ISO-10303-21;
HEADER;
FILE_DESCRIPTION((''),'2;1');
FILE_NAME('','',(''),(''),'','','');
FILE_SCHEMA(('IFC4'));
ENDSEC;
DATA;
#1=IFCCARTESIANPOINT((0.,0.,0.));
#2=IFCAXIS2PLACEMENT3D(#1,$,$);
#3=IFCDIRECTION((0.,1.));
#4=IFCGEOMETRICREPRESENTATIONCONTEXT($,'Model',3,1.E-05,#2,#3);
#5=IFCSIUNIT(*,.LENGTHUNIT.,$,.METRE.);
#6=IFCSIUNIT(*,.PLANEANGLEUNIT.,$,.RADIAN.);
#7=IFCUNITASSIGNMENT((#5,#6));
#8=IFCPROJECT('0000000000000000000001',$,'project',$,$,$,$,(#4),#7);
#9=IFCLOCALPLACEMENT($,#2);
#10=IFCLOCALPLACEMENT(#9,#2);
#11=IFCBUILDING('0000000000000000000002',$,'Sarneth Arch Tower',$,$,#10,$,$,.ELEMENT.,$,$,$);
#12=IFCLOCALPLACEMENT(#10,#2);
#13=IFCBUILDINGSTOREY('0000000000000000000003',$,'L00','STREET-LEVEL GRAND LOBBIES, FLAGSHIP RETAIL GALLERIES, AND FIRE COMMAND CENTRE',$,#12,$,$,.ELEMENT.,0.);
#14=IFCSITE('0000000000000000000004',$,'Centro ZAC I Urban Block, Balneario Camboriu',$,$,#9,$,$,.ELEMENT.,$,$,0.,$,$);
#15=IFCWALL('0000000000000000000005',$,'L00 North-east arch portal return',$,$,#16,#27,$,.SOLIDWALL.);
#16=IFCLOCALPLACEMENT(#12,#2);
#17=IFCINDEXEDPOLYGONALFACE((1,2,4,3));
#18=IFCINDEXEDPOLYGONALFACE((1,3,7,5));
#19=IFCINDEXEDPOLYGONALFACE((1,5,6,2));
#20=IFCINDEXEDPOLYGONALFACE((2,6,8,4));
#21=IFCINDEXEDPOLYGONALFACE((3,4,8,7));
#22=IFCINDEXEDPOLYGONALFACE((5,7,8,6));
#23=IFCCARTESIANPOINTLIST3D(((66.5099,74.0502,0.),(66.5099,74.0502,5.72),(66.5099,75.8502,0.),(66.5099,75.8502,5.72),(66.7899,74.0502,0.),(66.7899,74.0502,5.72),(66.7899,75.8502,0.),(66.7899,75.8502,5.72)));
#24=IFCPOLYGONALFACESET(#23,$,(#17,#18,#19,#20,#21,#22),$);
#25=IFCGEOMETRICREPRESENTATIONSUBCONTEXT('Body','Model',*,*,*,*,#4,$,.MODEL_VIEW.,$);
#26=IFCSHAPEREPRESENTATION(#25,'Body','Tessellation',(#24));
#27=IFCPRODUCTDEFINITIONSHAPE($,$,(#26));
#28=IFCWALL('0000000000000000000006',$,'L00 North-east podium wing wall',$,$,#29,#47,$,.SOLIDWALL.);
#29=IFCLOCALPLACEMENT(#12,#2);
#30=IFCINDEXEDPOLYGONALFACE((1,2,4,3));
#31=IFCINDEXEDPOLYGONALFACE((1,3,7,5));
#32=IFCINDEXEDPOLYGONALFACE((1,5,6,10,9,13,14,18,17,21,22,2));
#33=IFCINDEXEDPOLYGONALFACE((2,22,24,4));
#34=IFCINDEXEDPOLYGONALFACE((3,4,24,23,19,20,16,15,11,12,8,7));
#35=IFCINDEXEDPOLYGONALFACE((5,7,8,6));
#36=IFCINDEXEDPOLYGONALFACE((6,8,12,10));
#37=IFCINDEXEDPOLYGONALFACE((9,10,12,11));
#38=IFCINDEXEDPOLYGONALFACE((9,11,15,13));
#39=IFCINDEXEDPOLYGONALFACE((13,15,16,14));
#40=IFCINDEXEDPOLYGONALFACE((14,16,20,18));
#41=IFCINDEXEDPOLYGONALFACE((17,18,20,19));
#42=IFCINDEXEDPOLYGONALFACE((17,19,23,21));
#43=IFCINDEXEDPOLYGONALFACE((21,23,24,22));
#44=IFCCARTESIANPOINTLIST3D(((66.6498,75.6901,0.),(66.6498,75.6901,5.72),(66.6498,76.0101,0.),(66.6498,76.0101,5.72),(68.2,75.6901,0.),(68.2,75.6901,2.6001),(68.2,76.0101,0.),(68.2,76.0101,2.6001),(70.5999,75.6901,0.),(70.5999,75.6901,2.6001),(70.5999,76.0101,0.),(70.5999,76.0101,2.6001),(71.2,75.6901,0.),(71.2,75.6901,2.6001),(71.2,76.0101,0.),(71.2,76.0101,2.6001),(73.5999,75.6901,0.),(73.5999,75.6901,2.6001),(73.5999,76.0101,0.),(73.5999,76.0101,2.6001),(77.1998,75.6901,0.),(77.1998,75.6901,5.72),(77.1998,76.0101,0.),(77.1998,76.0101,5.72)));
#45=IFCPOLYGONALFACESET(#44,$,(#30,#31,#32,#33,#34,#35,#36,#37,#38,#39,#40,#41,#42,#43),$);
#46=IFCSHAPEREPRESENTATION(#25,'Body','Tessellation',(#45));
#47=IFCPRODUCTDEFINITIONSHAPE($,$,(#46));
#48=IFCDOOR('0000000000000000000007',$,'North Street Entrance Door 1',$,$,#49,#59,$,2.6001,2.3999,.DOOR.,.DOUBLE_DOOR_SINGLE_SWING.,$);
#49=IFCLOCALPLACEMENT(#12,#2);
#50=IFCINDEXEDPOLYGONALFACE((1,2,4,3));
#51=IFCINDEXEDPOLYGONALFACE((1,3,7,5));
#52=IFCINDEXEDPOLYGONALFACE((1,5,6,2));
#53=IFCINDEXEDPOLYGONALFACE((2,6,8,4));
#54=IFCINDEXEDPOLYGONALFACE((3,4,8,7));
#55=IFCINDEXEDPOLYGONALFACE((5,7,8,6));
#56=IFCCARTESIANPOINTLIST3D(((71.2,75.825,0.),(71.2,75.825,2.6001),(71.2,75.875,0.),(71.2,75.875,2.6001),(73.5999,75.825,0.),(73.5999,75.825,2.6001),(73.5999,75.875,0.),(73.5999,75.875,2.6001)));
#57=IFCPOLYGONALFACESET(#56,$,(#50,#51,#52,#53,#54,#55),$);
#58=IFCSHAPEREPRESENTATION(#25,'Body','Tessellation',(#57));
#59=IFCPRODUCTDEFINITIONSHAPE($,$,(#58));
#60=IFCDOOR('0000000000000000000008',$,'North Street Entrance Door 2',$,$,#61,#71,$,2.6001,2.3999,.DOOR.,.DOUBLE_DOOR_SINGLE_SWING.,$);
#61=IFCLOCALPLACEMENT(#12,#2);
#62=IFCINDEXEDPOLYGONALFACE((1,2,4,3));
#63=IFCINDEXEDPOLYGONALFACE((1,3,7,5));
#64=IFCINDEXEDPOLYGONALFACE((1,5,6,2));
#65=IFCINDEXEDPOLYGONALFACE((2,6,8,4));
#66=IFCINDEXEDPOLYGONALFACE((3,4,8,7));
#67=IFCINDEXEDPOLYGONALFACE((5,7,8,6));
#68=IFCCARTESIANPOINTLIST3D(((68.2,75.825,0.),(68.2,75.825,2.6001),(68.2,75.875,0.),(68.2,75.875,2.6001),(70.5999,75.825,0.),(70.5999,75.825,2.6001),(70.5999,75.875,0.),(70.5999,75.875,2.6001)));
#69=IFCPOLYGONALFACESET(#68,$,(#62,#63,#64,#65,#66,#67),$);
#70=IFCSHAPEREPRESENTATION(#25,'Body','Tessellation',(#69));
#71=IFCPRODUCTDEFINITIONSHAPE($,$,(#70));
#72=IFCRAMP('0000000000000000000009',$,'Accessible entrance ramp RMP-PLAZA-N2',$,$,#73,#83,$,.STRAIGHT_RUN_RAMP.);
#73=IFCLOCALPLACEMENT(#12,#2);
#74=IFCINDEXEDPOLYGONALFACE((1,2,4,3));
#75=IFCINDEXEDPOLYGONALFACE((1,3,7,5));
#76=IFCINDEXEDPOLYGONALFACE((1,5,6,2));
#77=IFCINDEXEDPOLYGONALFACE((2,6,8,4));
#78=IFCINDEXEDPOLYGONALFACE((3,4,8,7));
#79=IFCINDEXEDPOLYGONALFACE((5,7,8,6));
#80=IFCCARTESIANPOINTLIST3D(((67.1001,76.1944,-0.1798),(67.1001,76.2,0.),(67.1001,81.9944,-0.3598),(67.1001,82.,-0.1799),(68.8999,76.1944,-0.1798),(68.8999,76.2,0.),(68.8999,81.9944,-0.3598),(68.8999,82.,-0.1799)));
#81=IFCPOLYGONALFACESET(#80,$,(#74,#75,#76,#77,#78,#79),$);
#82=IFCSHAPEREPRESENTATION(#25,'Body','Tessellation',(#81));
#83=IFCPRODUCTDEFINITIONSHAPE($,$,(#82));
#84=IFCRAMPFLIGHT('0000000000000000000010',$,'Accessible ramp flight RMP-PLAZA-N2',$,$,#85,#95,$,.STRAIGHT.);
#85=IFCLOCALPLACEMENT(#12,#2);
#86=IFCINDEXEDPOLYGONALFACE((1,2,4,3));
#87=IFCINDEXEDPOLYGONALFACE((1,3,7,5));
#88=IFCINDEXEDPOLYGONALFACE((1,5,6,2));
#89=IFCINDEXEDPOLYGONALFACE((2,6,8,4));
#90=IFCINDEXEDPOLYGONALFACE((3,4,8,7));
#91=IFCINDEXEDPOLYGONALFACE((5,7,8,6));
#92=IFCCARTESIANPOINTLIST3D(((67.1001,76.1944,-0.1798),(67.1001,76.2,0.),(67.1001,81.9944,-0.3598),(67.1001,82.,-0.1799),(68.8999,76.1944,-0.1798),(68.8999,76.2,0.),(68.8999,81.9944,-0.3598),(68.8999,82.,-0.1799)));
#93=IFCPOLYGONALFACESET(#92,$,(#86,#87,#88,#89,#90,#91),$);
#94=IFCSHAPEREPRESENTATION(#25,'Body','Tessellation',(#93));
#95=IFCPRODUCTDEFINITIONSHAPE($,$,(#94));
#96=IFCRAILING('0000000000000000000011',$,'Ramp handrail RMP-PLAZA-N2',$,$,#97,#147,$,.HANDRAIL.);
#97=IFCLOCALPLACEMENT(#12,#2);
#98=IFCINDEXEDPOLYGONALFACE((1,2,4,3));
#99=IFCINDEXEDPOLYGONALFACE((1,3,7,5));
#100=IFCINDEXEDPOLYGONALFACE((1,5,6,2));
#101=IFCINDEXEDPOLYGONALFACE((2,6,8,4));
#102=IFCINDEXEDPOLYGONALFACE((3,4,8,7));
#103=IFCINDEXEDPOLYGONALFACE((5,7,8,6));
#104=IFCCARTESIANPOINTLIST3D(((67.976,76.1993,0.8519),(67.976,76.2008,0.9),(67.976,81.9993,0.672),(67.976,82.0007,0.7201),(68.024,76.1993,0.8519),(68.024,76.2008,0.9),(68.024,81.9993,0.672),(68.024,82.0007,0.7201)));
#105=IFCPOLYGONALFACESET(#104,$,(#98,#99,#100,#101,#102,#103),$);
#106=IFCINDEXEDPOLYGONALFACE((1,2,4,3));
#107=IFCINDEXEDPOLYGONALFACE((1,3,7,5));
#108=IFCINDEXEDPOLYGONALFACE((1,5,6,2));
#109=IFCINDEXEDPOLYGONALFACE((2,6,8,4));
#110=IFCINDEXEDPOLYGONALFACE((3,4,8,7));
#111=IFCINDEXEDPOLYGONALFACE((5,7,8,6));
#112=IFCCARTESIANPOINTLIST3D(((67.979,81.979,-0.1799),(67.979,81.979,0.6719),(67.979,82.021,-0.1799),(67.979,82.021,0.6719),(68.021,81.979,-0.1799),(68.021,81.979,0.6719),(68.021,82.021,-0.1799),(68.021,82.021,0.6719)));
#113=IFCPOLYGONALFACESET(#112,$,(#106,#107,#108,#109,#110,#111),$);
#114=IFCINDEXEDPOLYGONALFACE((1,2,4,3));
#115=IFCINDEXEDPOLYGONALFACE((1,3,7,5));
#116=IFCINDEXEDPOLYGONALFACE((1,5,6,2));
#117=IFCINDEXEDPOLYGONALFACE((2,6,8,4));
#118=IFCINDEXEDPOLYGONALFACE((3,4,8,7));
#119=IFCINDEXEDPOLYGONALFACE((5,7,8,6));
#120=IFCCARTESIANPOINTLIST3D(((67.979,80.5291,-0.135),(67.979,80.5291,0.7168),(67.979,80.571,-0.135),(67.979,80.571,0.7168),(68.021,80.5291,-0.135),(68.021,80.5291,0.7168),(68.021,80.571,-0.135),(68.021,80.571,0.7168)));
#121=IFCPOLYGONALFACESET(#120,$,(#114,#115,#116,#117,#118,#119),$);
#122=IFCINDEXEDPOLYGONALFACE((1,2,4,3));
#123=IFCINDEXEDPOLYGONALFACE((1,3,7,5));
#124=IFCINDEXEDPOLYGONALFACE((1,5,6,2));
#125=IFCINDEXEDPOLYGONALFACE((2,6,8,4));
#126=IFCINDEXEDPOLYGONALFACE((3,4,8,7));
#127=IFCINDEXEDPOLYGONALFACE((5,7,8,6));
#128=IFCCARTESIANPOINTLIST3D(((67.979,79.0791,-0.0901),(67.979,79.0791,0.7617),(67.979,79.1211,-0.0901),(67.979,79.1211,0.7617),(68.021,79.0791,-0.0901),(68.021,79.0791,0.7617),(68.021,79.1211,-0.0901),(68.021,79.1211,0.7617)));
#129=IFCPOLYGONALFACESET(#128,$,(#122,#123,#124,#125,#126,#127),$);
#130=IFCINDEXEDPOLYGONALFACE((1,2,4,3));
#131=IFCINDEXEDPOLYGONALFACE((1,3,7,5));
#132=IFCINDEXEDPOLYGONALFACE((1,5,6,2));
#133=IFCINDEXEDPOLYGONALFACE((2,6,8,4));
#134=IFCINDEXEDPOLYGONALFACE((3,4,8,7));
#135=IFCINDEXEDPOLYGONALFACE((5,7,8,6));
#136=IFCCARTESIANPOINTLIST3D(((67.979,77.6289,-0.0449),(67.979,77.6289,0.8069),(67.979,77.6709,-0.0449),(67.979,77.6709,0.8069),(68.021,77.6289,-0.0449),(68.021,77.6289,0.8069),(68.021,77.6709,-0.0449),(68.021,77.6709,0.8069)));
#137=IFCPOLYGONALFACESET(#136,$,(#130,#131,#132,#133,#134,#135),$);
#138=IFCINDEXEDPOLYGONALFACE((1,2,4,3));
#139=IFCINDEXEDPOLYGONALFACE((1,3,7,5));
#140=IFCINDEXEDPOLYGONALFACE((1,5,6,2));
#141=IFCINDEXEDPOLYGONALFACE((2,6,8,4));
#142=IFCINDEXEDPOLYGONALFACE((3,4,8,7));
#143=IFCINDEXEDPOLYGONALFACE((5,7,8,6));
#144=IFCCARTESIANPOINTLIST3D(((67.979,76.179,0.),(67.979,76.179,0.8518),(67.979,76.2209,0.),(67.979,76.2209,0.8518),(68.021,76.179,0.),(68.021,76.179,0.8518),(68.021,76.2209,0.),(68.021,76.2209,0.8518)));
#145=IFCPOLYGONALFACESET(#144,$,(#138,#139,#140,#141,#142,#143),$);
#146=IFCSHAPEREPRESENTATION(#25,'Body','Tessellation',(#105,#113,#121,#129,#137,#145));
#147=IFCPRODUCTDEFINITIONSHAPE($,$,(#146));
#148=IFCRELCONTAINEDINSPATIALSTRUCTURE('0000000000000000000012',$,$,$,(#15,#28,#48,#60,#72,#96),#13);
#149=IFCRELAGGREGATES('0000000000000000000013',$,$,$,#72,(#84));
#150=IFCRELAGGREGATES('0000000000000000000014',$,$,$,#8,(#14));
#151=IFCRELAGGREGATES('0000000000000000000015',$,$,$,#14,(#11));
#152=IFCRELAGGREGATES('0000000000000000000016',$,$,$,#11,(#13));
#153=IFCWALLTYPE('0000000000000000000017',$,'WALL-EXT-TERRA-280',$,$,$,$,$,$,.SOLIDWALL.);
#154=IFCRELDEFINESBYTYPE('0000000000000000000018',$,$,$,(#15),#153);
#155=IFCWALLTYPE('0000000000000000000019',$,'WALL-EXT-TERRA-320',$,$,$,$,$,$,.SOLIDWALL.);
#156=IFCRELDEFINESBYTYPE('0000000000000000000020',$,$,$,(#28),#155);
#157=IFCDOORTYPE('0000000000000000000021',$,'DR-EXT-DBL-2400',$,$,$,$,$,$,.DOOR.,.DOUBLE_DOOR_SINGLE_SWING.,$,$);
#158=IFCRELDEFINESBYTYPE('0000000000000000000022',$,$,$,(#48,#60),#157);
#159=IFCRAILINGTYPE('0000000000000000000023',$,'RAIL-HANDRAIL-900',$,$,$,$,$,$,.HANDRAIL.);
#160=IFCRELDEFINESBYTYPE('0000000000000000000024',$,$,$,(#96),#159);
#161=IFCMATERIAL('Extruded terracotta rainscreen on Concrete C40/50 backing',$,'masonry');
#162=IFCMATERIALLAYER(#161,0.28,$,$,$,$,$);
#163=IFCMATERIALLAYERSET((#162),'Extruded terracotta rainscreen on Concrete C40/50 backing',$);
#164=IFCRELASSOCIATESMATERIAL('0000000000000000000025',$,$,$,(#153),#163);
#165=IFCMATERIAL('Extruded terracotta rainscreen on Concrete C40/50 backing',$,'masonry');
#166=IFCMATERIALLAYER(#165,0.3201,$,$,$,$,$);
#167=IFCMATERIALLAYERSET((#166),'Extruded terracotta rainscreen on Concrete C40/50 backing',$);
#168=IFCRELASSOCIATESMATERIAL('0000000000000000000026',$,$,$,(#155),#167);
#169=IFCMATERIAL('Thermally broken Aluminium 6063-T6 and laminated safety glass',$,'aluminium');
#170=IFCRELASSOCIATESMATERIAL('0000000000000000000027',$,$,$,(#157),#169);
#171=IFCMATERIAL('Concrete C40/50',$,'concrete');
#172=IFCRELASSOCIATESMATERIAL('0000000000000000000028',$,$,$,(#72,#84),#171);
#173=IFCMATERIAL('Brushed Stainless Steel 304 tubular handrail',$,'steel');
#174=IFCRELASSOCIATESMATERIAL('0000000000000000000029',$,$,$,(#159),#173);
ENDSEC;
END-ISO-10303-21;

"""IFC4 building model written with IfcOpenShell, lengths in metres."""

from ifc_helpers import new_model, si_unit, direction, frame, frame_2d, origin, origin_2d, place, context, subcontext, project, spatial, polyline, rectangle, outline, extrude, material, layer, layer_set, type_object, element, fill, aggregate, save


model = new_model("IFC4")

# Units and contexts
model_context = context("Model", 3, precision=1e-05, world=origin(), true_north=direction((0.0, 1.0)))
body_context = subcontext(model_context, "Body", "Model", "MODEL_VIEW")
ifc_project = project(units=[si_unit("LENGTHUNIT", "METRE"), si_unit("PLANEANGLEUNIT", "RADIAN")], contexts=[model_context])

# Site, building, storey
site_placement = place(None, origin())
site = spatial("IfcSite", under=ifc_project, at=site_placement, Name="Centro ZAC I Urban Block, Balneario Camboriu", CompositionType="ELEMENT", RefElevation=0.0)
building_placement = place(site_placement, origin())
building = spatial("IfcBuilding", under=site, at=building_placement, Name="Sarneth Arch Tower", CompositionType="ELEMENT")
storey_placement = place(building_placement, origin())
storey = spatial("IfcBuildingStorey", under=building, at=storey_placement, Name="L00", Description="STREET-LEVEL GRAND LOBBIES, FLAGSHIP RETAIL GALLERIES, AND FIRE COMMAND CENTRE", CompositionType="ELEMENT", Elevation=0.0)

# Wall
ifc_material_1 = material(Name="Extruded terracotta rainscreen on Concrete C40/50 backing", Category="masonry")
ifc_layer_1 = layer(ifc_material_1, 0.28)
ifc_layer_set_1 = layer_set([ifc_layer_1], Name="Extruded terracotta rainscreen on Concrete C40/50 backing")
wall_type_1 = type_object("IfcWallType", Name="WALL-EXT-TERRA-280", PredefinedType="SOLIDWALL", material=ifc_layer_set_1)
wall_1_placement = place(storey_placement, frame((66.6499, 75.8501, 0.0), z_axis=(0.0, 0.0, 1.0), x_axis=(0.0, -1.0, 0.0)))
element("IfcWall", 1, at=wall_1_placement, inside=storey, type_object=wall_type_1, Name="L00 North-east arch portal return", PredefinedType="SOLIDWALL", context=body_context, shape_type="SweptSolid", body=[
    extrude(rectangle(XDim=1.8, YDim=0.28, at=frame_2d((0.8999, 0.0))), origin(), (0.0, 0.0, 1.0), 5.72),
])

# Wall, openings, doors
ifc_material_2 = material(Name="Extruded terracotta rainscreen on Concrete C40/50 backing", Category="masonry")
ifc_layer_2 = layer(ifc_material_2, 0.3201)
ifc_layer_set_2 = layer_set([ifc_layer_2], Name="Extruded terracotta rainscreen on Concrete C40/50 backing")
wall_type_2 = type_object("IfcWallType", Name="WALL-EXT-TERRA-320", PredefinedType="SOLIDWALL", material=ifc_layer_set_2)
wall_2_placement = place(storey_placement, frame((66.6499, 75.8501, 0.0), z_axis=(0.0, 0.0, 1.0), x_axis=(1.0, 0.0, 0.0)))
wall_2 = element("IfcWall", 2, at=wall_2_placement, inside=storey, type_object=wall_type_2, Name="L00 North-east podium wing wall", PredefinedType="SOLIDWALL", context=body_context, shape_type="SweptSolid", body=[
    extrude(rectangle(XDim=10.55, YDim=0.3201, at=frame_2d((5.2749, 0.0))), origin(), (0.0, 0.0, 1.0), 5.72),
])
opening_1_placement = place(wall_2_placement, frame((4.55, 0.0, 0.0)))
opening_1 = element("IfcOpeningElement", 3, at=opening_1_placement, cuts=wall_2, PredefinedType="OPENING", context=body_context, shape_type="SweptSolid", body=[
    extrude(rectangle(XDim=2.3999, YDim=2.6001, at=frame_2d((1.2, 1.3))), frame((0.0, 0.1699, 0.0), z_axis=(0.0, -1.0, 0.0), x_axis=(1.0, 0.0, 0.0)), (0.0, 0.0, 1.0), 0.3401),
])
opening_2_placement = place(wall_2_placement, frame((1.55, 0.0, 0.0)))
opening_2 = element("IfcOpeningElement", 4, at=opening_2_placement, cuts=wall_2, PredefinedType="OPENING", context=body_context, shape_type="SweptSolid", body=[
    extrude(rectangle(XDim=2.3999, YDim=2.6001, at=frame_2d((1.2, 1.3))), frame((0.0, 0.1699, 0.0), z_axis=(0.0, -1.0, 0.0), x_axis=(1.0, 0.0, 0.0)), (0.0, 0.0, 1.0), 0.3401),
])
ifc_material_3 = material(Name="Thermally broken Aluminium 6063-T6 and laminated safety glass", Category="aluminium")
door_type = type_object("IfcDoorType", Name="DR-EXT-DBL-2400", OperationType="DOUBLE_DOOR_SINGLE_SWING", PredefinedType="DOOR", material=ifc_material_3)
door_1_placement = place(opening_1_placement, origin())
door_1 = element("IfcDoor", 5, at=door_1_placement, inside=storey, type_object=door_type, Name="North Street Entrance Door 1", OperationType="DOUBLE_DOOR_SINGLE_SWING", OverallHeight=2.6001, OverallWidth=2.3999, PredefinedType="DOOR", context=body_context, shape_type="SweptSolid", body=[
    extrude(rectangle(XDim=2.3999, YDim=2.6001, at=frame_2d((1.2, 1.3))), frame((0.0, 0.0249, 0.0), z_axis=(0.0, -1.0, 0.0), x_axis=(1.0, 0.0, 0.0)), (0.0, 0.0, 1.0), 0.05),
])
fill(opening_1, door_1)
door_2_placement = place(opening_2_placement, origin())
door_2 = element("IfcDoor", 6, at=door_2_placement, inside=storey, type_object=door_type, Name="North Street Entrance Door 2", OperationType="DOUBLE_DOOR_SINGLE_SWING", OverallHeight=2.6001, OverallWidth=2.3999, PredefinedType="DOOR", context=body_context, shape_type="SweptSolid", body=[
    extrude(rectangle(XDim=2.3999, YDim=2.6001, at=frame_2d((1.2, 1.3))), frame((0.0, 0.0249, 0.0), z_axis=(0.0, -1.0, 0.0), x_axis=(1.0, 0.0, 0.0)), (0.0, 0.0, 1.0), 0.05),
])
fill(opening_2, door_2)

# Ramp, ramp flight
ifc_material_4 = material(Name="Concrete C40/50", Category="concrete")
ramp_placement = place(storey_placement, frame((67.1001, 82.0, -0.1799), z_axis=(0.0, 0.031008, 0.999519), x_axis=(1.0, 0.0, 0.0)))
ramp = element("IfcRamp", 7, at=ramp_placement, inside=storey, material=ifc_material_4, Name="Accessible entrance ramp RMP-PLAZA-N2", PredefinedType="STRAIGHT_RUN_RAMP", context=body_context, shape_type="SweptSolid", body=[
    extrude(outline(polyline([(0.0, 0.0), (1.7998, 0.0), (1.7998, -5.8028), (0.0, -5.8028), (0.0, 0.0)])), origin(), (0.0, 0.0, -1.0), 0.1799),
])
ramp_flight_placement = place(storey_placement, frame((67.1001, 82.0, -0.1799), z_axis=(0.0, 0.031008, 0.999519), x_axis=(1.0, 0.0, 0.0)))
ramp_flight = element("IfcRampFlight", 8, at=ramp_flight_placement, material=ifc_material_4, Name="Accessible ramp flight RMP-PLAZA-N2", PredefinedType="STRAIGHT", context=body_context, shape_type="SweptSolid", body=[
    extrude(outline(polyline([(0.0, 0.0), (1.7998, 0.0), (1.7998, -5.8028), (0.0, -5.8028), (0.0, 0.0)])), origin(), (0.0, 0.0, -1.0), 0.1799),
])
aggregate(ramp, [ramp_flight])

# Railing
ifc_material_5 = material(Name="Brushed Stainless Steel 304 tubular handrail", Category="steel")
railing_type = type_object("IfcRailingType", Name="RAIL-HANDRAIL-900", PredefinedType="HANDRAIL", material=ifc_material_5)
railing_placement = place(storey_placement, frame((68.0, 82.0, -0.1799)))
element("IfcRailing", 9, at=railing_placement, inside=storey, type_object=railing_type, Name="Ramp handrail RMP-PLAZA-N2", PredefinedType="HANDRAIL", context=body_context, shape_type="SweptSolid", body=[
    extrude(rectangle(XDim=0.0481, YDim=0.0481, at=origin_2d()), frame((0.0, 0.0, 0.876), z_axis=(0.0, -0.999519, 0.031008), x_axis=(1.0, 0.0, 0.0)), (0.0, 0.0, 1.0), 5.8027),
    extrude(rectangle(XDim=0.042, YDim=0.042, at=origin_2d()), origin(), (0.0, 0.0, 1.0), 0.8518),
    extrude(rectangle(XDim=0.042, YDim=0.042, at=origin_2d()), frame((0.0, -1.45, 0.0449)), (0.0, 0.0, 1.0), 0.8518),
    extrude(rectangle(XDim=0.042, YDim=0.042, at=origin_2d()), frame((0.0, -2.8999, 0.0898)), (0.0, 0.0, 1.0), 0.8518),
    extrude(rectangle(XDim=0.042, YDim=0.042, at=origin_2d()), frame((0.0, -4.3501, 0.135)), (0.0, 0.0, 1.0), 0.8518),
    extrude(rectangle(XDim=0.042, YDim=0.042, at=origin_2d()), frame((0.0, -5.8, 0.1799)), (0.0, 0.0, 1.0), 0.8518),
])

save(model, "model.ifc")
